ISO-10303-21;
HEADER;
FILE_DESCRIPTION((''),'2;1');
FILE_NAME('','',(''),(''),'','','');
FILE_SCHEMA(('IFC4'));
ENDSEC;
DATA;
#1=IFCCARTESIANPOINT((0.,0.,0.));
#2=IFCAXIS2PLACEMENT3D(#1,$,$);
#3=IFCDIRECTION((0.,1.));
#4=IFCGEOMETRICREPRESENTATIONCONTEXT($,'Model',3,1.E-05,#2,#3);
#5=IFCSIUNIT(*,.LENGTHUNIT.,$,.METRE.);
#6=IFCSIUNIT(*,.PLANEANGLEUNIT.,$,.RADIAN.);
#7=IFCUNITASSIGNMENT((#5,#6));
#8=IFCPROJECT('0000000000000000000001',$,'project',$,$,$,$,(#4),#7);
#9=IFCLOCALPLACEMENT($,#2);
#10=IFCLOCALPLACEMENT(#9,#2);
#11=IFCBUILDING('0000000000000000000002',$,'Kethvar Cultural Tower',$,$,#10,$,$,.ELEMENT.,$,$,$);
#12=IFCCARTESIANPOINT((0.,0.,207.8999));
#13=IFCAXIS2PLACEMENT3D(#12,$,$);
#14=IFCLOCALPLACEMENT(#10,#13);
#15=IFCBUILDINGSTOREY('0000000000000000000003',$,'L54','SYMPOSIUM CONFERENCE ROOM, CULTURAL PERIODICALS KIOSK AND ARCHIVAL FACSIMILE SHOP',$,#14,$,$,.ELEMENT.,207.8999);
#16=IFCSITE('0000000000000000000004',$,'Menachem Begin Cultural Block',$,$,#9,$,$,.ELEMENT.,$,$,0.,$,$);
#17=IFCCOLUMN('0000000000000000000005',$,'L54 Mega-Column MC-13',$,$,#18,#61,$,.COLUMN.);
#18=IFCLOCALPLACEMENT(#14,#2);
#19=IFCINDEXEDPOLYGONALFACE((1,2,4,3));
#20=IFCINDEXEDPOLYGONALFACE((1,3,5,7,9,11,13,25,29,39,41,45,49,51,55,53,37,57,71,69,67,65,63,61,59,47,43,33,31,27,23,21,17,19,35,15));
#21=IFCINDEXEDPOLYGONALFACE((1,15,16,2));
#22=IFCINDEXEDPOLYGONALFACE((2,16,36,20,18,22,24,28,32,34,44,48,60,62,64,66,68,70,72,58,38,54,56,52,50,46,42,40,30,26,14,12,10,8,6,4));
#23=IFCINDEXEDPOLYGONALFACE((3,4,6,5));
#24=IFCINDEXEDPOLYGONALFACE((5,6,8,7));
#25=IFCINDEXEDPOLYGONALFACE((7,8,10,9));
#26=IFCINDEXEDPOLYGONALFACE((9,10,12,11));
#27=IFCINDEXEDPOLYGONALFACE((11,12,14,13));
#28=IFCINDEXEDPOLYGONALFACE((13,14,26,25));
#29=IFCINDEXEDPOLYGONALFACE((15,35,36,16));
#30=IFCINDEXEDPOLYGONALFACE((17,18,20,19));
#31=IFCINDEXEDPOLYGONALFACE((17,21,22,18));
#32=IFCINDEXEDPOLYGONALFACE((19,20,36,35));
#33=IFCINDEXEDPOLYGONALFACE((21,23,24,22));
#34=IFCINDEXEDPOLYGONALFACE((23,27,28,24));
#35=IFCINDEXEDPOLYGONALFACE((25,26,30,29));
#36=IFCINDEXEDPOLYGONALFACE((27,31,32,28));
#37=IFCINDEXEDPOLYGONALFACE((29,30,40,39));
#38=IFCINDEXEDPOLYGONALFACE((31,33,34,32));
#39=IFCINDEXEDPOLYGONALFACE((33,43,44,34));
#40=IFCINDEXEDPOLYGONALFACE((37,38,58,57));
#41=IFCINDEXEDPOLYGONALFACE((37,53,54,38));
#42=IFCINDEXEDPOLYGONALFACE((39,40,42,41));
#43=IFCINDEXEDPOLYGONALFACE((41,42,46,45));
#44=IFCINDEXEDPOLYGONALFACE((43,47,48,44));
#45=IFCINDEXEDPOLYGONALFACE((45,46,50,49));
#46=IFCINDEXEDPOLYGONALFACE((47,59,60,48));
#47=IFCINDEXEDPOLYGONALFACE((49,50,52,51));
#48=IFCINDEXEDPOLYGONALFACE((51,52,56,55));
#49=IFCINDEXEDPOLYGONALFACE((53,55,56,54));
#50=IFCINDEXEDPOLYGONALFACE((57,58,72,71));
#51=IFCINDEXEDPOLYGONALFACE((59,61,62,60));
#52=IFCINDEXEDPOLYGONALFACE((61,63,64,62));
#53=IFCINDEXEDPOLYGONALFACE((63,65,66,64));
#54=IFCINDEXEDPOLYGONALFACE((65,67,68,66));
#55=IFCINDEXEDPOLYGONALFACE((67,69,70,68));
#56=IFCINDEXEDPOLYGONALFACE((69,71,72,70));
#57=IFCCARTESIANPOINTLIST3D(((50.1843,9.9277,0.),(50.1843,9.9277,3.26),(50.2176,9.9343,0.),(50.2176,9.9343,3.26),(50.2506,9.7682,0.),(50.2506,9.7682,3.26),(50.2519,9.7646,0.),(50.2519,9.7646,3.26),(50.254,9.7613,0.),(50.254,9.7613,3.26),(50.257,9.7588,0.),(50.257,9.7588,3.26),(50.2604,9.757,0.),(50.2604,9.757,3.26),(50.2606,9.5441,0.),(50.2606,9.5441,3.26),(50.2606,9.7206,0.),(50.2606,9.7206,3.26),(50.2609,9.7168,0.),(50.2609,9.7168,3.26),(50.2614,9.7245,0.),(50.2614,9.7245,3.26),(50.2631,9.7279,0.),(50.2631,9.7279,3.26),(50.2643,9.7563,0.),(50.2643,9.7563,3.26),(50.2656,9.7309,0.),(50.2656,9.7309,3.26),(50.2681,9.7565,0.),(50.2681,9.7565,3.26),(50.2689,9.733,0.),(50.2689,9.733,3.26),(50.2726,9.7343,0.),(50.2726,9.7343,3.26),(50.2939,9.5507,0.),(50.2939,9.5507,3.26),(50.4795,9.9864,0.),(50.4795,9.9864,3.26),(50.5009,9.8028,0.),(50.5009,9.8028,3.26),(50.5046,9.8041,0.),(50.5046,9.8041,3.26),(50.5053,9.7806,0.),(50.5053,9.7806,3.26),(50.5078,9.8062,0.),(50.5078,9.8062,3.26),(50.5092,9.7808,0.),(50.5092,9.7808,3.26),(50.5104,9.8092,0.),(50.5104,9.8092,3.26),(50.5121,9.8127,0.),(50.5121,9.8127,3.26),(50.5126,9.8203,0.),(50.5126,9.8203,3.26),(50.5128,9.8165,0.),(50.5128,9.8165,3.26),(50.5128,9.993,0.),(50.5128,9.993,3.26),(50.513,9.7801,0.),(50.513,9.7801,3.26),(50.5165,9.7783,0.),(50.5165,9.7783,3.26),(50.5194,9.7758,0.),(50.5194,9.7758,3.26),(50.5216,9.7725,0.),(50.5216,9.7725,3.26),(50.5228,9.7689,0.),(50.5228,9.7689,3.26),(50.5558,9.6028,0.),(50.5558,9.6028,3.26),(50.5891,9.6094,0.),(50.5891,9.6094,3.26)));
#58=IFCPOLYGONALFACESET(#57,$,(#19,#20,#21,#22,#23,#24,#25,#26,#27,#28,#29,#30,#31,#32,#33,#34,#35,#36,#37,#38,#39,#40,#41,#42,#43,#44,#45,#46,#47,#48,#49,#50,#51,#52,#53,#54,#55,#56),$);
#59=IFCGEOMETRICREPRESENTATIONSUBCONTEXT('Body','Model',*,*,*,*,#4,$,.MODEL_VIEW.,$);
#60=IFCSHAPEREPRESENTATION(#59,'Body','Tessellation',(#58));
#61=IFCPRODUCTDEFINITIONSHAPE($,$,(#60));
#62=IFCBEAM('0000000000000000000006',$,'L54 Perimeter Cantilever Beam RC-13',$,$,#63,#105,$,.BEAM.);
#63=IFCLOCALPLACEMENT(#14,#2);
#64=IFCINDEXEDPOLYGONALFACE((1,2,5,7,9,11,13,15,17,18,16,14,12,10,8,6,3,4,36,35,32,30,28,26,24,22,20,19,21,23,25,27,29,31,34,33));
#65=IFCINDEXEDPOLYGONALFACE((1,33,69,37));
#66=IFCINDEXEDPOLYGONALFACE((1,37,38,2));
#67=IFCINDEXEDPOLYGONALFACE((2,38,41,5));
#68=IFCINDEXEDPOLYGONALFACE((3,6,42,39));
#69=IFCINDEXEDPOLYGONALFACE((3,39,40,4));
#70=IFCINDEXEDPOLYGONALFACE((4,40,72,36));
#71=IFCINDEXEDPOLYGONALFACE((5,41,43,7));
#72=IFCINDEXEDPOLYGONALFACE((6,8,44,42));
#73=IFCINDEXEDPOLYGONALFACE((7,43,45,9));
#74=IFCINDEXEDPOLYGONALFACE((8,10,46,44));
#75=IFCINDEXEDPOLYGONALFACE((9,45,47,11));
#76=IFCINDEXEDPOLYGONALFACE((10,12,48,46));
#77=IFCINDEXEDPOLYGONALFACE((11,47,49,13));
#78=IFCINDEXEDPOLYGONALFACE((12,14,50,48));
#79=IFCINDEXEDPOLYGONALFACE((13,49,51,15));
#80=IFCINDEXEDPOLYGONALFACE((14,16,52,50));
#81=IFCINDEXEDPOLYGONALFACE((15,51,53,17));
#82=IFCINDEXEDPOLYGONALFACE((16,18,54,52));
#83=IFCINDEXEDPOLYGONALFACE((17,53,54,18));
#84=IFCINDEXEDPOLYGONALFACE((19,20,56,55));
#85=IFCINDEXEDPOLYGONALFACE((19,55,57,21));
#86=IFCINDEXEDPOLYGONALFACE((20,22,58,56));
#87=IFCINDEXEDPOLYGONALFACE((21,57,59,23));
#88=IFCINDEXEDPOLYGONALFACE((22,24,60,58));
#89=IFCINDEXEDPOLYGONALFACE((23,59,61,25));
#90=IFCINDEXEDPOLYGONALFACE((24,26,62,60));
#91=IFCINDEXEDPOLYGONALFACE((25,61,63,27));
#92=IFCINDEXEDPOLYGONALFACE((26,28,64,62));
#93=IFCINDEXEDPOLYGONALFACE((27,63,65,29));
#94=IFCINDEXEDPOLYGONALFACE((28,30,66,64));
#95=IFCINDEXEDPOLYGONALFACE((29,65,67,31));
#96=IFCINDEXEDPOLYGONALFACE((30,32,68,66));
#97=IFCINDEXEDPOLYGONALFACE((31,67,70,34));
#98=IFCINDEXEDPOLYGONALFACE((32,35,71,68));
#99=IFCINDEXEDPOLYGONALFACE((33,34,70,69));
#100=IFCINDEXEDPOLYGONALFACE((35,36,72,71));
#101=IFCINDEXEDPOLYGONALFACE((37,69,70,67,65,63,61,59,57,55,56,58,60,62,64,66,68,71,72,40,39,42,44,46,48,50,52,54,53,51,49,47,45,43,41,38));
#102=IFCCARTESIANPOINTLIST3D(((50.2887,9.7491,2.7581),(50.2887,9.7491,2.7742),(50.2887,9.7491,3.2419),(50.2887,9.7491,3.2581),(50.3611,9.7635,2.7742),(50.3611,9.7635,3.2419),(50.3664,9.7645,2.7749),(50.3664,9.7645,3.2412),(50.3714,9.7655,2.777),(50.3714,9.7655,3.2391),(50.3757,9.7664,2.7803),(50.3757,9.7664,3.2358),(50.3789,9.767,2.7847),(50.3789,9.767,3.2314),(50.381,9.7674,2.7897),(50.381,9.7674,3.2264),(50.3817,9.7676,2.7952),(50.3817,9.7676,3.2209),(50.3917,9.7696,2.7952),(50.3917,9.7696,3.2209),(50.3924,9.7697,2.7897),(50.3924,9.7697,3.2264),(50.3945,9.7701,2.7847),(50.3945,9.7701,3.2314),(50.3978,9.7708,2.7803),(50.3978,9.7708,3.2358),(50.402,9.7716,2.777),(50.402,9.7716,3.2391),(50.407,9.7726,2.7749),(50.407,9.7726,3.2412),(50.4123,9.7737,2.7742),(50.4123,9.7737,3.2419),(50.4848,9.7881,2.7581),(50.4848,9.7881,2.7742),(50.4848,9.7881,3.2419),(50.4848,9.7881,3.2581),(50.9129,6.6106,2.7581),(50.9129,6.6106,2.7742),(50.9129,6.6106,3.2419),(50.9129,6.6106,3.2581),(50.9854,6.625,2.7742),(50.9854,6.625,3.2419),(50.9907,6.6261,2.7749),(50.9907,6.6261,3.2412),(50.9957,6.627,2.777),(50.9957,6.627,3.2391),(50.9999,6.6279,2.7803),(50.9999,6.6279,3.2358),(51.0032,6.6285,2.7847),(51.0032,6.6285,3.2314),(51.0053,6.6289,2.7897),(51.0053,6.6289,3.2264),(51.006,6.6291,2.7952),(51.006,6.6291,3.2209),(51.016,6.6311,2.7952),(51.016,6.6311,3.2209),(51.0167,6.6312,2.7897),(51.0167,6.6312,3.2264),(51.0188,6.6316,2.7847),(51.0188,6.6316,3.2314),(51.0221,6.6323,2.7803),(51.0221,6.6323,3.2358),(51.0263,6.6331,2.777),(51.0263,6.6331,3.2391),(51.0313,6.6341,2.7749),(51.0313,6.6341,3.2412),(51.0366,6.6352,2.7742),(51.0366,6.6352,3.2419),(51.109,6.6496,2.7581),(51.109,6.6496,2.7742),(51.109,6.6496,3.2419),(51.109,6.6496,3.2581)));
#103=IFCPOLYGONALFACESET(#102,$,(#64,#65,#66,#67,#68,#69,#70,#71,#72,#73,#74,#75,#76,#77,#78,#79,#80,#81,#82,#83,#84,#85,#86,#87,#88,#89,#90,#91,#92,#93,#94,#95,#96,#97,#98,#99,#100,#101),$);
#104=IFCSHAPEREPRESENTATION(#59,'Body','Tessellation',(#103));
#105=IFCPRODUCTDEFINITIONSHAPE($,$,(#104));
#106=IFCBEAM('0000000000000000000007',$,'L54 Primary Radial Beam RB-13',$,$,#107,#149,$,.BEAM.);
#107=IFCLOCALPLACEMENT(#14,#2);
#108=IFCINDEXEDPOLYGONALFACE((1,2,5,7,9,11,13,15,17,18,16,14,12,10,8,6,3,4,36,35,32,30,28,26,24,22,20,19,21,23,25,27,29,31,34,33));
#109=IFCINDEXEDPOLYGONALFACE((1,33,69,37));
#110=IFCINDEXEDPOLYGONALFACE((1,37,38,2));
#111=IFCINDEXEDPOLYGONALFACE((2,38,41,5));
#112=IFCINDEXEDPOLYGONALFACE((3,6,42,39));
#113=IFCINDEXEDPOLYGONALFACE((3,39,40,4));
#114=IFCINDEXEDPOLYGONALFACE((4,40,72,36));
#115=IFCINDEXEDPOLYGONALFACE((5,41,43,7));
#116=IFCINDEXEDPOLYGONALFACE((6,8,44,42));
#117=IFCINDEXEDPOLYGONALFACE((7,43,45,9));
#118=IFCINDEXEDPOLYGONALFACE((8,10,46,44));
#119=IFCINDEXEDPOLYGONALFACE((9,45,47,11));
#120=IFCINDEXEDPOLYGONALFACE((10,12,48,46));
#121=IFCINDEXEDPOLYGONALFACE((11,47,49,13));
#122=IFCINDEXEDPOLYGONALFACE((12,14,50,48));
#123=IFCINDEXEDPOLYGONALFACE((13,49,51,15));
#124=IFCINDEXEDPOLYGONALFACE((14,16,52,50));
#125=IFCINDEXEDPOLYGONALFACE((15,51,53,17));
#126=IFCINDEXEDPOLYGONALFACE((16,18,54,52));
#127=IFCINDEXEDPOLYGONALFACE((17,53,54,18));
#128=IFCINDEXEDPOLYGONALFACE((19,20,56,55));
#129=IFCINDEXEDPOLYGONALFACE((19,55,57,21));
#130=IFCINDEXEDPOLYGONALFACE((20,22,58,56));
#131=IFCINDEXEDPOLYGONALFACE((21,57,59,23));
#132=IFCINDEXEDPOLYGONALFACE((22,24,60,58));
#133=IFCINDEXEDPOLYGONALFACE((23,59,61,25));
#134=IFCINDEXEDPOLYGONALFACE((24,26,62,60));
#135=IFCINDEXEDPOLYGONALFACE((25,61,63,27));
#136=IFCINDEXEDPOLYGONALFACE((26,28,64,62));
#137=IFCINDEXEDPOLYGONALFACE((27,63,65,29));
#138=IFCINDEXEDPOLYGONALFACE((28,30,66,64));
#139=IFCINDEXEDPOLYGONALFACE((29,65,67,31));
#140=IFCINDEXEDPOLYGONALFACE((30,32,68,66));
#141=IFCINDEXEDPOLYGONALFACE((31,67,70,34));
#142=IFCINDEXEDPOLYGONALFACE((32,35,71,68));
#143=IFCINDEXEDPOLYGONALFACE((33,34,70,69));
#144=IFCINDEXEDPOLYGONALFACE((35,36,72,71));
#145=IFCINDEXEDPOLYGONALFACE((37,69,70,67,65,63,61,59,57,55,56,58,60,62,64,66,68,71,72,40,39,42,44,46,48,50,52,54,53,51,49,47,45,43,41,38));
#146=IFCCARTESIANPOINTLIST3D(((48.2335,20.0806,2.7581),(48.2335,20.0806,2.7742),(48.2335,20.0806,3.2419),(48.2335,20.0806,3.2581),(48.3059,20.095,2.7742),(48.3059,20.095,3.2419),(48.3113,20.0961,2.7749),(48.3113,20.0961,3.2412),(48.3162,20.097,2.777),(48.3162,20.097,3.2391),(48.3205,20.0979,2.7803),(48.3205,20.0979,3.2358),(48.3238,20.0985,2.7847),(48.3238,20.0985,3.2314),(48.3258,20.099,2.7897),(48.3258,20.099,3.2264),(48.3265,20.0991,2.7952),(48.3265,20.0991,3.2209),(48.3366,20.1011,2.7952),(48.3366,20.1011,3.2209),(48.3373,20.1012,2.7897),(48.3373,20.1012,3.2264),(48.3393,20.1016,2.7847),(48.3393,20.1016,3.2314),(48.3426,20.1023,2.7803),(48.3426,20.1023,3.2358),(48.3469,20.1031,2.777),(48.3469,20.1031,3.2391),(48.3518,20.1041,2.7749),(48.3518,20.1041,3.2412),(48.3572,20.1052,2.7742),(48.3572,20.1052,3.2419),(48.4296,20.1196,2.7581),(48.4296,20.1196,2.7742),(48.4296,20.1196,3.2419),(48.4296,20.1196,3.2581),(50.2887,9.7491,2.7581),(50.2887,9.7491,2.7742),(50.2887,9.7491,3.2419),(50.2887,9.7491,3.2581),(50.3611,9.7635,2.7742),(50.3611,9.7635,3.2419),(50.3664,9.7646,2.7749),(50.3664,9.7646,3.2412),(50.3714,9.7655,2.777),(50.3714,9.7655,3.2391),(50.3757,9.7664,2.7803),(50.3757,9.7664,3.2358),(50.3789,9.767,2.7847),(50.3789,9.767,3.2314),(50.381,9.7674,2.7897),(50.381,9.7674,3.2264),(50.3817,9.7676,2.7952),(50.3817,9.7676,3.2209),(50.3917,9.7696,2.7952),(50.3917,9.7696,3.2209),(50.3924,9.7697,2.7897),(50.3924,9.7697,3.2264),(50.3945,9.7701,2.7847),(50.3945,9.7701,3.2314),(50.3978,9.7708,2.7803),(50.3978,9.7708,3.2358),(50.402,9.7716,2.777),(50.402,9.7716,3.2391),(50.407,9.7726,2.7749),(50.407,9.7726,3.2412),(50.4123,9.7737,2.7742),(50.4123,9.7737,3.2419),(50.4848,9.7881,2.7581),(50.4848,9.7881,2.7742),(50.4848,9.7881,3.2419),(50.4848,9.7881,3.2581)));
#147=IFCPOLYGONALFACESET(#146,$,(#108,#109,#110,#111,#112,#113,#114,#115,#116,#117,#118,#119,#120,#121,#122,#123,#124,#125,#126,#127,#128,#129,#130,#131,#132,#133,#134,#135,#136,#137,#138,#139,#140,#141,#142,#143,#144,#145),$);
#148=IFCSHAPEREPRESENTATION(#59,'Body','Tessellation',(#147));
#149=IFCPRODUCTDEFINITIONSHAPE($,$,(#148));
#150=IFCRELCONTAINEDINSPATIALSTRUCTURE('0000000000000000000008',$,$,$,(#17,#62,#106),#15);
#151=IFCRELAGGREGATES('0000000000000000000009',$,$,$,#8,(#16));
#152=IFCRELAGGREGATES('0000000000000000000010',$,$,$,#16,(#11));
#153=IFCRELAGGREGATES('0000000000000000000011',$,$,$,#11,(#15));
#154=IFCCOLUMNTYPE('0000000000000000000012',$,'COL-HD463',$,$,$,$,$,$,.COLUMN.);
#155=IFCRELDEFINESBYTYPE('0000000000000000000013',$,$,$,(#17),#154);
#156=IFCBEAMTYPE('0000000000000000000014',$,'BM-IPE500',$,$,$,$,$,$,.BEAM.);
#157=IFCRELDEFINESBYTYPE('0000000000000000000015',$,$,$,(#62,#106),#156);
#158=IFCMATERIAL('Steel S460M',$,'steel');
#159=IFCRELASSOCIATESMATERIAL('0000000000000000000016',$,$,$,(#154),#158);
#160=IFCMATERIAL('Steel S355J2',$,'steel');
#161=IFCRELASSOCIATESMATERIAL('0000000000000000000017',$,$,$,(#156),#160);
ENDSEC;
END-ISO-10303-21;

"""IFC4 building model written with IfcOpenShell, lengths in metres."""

from ifc_helpers import new_model, si_unit, direction, frame, origin, origin_2d, place, context, subcontext, project, spatial, i_section, extrude, source, transform, mapped, material, material_profile, profile_set, type_object, element, save


model = new_model("IFC4")

# Units and contexts
model_context = context("Model", 3, precision=1e-05, world=origin(), true_north=direction((0.0, 1.0)))
body_context = subcontext(model_context, "Body", "Model", "MODEL_VIEW")
ifc_project = project(units=[si_unit("LENGTHUNIT", "METRE"), si_unit("PLANEANGLEUNIT", "RADIAN")], contexts=[model_context])

# Site, building, storey
site_placement = place(None, origin())
site = spatial("IfcSite", under=ifc_project, at=site_placement, Name="Menachem Begin Cultural Block", CompositionType="ELEMENT", RefElevation=0.0)
building_placement = place(site_placement, origin())
building = spatial("IfcBuilding", under=site, at=building_placement, Name="Kethvar Cultural Tower", CompositionType="ELEMENT")
storey_placement = place(building_placement, frame((0.0, 0.0, 207.8999)))
storey = spatial("IfcBuildingStorey", under=building, at=storey_placement, Name="L54", Description="SYMPOSIUM CONFERENCE ROOM, CULTURAL PERIODICALS KIOSK AND ARCHIVAL FACSIMILE SHOP", CompositionType="ELEMENT", Elevation=207.8999)

# Column
ifc_material_1 = material(Name="Steel S460M", Category="steel")
ifc_material_profile_1 = material_profile(ifc_material_1, i_section(OverallWidth=0.3911, OverallDepth=0.335, WebThickness=0.0227, FlangeThickness=0.0339, FilletRadius=0.0149, at=origin_2d()), Name="Steel S460M — HD400x463")
ifc_profile_set_1 = profile_set([ifc_material_profile_1], Name="Steel S460M — HD400x463")
column_type = type_object("IfcColumnType", Name="COL-HD463", PredefinedType="COLUMN", material=ifc_profile_set_1)
shared_shape_1 = source(origin(), body_context, "Body", "SweptSolid", [
    extrude(i_section(OverallWidth=0.3911, OverallDepth=0.335, WebThickness=0.0227, FlangeThickness=0.0339, FilletRadius=0.0149, at=origin_2d()), origin(), (0.0, 0.0, 1.0), 3.26),
])
column_placement = place(storey_placement, frame((50.3867, 9.7686, 0.0), z_axis=(0.0, 0.0, 1.0), x_axis=(0.19509, -0.980785, 0.0)))
element("IfcColumn", 1, at=column_placement, inside=storey, type_object=column_type, Name="L54 Mega-Column MC-13", PredefinedType="COLUMN", context=body_context, shape_type="MappedRepresentation", body=[
    mapped(shared_shape_1, transform((0.0, 0.0, 0.0), scale=1.0)),
])

# Beams
ifc_material_2 = material(Name="Steel S355J2", Category="steel")
ifc_material_profile_2 = material_profile(ifc_material_2, i_section(OverallWidth=0.2, OverallDepth=0.5, WebThickness=0.0103, FlangeThickness=0.0161, FilletRadius=0.021, at=origin_2d()), Name="Steel S355J2 — IPE500")
ifc_profile_set_2 = profile_set([ifc_material_profile_2], Name="Steel S355J2 — IPE500")
beam_type_1 = type_object("IfcBeamType", Name="BM-IPE500", PredefinedType="BEAM", material=ifc_profile_set_2)
shared_shape_2 = source(origin(), body_context, "Body", "SweptSolid", [
    extrude(i_section(OverallWidth=0.2, OverallDepth=0.5, WebThickness=0.0103, FlangeThickness=0.0161, FilletRadius=0.021, at=origin_2d()), origin(), (0.0, 0.0, 1.0), 3.2),
])
beam_1_placement = place(storey_placement, frame((50.3867, 9.7686, 3.0081), z_axis=(0.195089, -0.980786, 0.0), x_axis=(0.980786, 0.195089, 0.0)))
element("IfcBeam", 2, at=beam_1_placement, inside=storey, type_object=beam_type_1, Name="L54 Perimeter Cantilever Beam RC-13", PredefinedType="BEAM", context=body_context, shape_type="MappedRepresentation", body=[
    mapped(shared_shape_2, transform((0.0, 0.0, 0.0), scale=1.0)),
])
shared_shape_3 = source(origin(), body_context, "Body", "SweptSolid", [
    extrude(i_section(OverallWidth=0.2, OverallDepth=0.5, WebThickness=0.0103, FlangeThickness=0.0161, FilletRadius=0.021, at=origin_2d()), origin(), (0.0, 0.0, 1.0), 10.5339),
])
beam_2_placement = place(storey_placement, frame((48.3315, 20.1001, 3.0081), z_axis=(0.1951, -0.980783, 0.0), x_axis=(0.980783, 0.1951, 0.0)))
element("IfcBeam", 3, at=beam_2_placement, inside=storey, type_object=beam_type_1, Name="L54 Primary Radial Beam RB-13", PredefinedType="BEAM", context=body_context, shape_type="MappedRepresentation", body=[
    mapped(shared_shape_3, transform((0.0, 0.0, 0.0), scale=1.0)),
])

save(model, "model.ifc")
